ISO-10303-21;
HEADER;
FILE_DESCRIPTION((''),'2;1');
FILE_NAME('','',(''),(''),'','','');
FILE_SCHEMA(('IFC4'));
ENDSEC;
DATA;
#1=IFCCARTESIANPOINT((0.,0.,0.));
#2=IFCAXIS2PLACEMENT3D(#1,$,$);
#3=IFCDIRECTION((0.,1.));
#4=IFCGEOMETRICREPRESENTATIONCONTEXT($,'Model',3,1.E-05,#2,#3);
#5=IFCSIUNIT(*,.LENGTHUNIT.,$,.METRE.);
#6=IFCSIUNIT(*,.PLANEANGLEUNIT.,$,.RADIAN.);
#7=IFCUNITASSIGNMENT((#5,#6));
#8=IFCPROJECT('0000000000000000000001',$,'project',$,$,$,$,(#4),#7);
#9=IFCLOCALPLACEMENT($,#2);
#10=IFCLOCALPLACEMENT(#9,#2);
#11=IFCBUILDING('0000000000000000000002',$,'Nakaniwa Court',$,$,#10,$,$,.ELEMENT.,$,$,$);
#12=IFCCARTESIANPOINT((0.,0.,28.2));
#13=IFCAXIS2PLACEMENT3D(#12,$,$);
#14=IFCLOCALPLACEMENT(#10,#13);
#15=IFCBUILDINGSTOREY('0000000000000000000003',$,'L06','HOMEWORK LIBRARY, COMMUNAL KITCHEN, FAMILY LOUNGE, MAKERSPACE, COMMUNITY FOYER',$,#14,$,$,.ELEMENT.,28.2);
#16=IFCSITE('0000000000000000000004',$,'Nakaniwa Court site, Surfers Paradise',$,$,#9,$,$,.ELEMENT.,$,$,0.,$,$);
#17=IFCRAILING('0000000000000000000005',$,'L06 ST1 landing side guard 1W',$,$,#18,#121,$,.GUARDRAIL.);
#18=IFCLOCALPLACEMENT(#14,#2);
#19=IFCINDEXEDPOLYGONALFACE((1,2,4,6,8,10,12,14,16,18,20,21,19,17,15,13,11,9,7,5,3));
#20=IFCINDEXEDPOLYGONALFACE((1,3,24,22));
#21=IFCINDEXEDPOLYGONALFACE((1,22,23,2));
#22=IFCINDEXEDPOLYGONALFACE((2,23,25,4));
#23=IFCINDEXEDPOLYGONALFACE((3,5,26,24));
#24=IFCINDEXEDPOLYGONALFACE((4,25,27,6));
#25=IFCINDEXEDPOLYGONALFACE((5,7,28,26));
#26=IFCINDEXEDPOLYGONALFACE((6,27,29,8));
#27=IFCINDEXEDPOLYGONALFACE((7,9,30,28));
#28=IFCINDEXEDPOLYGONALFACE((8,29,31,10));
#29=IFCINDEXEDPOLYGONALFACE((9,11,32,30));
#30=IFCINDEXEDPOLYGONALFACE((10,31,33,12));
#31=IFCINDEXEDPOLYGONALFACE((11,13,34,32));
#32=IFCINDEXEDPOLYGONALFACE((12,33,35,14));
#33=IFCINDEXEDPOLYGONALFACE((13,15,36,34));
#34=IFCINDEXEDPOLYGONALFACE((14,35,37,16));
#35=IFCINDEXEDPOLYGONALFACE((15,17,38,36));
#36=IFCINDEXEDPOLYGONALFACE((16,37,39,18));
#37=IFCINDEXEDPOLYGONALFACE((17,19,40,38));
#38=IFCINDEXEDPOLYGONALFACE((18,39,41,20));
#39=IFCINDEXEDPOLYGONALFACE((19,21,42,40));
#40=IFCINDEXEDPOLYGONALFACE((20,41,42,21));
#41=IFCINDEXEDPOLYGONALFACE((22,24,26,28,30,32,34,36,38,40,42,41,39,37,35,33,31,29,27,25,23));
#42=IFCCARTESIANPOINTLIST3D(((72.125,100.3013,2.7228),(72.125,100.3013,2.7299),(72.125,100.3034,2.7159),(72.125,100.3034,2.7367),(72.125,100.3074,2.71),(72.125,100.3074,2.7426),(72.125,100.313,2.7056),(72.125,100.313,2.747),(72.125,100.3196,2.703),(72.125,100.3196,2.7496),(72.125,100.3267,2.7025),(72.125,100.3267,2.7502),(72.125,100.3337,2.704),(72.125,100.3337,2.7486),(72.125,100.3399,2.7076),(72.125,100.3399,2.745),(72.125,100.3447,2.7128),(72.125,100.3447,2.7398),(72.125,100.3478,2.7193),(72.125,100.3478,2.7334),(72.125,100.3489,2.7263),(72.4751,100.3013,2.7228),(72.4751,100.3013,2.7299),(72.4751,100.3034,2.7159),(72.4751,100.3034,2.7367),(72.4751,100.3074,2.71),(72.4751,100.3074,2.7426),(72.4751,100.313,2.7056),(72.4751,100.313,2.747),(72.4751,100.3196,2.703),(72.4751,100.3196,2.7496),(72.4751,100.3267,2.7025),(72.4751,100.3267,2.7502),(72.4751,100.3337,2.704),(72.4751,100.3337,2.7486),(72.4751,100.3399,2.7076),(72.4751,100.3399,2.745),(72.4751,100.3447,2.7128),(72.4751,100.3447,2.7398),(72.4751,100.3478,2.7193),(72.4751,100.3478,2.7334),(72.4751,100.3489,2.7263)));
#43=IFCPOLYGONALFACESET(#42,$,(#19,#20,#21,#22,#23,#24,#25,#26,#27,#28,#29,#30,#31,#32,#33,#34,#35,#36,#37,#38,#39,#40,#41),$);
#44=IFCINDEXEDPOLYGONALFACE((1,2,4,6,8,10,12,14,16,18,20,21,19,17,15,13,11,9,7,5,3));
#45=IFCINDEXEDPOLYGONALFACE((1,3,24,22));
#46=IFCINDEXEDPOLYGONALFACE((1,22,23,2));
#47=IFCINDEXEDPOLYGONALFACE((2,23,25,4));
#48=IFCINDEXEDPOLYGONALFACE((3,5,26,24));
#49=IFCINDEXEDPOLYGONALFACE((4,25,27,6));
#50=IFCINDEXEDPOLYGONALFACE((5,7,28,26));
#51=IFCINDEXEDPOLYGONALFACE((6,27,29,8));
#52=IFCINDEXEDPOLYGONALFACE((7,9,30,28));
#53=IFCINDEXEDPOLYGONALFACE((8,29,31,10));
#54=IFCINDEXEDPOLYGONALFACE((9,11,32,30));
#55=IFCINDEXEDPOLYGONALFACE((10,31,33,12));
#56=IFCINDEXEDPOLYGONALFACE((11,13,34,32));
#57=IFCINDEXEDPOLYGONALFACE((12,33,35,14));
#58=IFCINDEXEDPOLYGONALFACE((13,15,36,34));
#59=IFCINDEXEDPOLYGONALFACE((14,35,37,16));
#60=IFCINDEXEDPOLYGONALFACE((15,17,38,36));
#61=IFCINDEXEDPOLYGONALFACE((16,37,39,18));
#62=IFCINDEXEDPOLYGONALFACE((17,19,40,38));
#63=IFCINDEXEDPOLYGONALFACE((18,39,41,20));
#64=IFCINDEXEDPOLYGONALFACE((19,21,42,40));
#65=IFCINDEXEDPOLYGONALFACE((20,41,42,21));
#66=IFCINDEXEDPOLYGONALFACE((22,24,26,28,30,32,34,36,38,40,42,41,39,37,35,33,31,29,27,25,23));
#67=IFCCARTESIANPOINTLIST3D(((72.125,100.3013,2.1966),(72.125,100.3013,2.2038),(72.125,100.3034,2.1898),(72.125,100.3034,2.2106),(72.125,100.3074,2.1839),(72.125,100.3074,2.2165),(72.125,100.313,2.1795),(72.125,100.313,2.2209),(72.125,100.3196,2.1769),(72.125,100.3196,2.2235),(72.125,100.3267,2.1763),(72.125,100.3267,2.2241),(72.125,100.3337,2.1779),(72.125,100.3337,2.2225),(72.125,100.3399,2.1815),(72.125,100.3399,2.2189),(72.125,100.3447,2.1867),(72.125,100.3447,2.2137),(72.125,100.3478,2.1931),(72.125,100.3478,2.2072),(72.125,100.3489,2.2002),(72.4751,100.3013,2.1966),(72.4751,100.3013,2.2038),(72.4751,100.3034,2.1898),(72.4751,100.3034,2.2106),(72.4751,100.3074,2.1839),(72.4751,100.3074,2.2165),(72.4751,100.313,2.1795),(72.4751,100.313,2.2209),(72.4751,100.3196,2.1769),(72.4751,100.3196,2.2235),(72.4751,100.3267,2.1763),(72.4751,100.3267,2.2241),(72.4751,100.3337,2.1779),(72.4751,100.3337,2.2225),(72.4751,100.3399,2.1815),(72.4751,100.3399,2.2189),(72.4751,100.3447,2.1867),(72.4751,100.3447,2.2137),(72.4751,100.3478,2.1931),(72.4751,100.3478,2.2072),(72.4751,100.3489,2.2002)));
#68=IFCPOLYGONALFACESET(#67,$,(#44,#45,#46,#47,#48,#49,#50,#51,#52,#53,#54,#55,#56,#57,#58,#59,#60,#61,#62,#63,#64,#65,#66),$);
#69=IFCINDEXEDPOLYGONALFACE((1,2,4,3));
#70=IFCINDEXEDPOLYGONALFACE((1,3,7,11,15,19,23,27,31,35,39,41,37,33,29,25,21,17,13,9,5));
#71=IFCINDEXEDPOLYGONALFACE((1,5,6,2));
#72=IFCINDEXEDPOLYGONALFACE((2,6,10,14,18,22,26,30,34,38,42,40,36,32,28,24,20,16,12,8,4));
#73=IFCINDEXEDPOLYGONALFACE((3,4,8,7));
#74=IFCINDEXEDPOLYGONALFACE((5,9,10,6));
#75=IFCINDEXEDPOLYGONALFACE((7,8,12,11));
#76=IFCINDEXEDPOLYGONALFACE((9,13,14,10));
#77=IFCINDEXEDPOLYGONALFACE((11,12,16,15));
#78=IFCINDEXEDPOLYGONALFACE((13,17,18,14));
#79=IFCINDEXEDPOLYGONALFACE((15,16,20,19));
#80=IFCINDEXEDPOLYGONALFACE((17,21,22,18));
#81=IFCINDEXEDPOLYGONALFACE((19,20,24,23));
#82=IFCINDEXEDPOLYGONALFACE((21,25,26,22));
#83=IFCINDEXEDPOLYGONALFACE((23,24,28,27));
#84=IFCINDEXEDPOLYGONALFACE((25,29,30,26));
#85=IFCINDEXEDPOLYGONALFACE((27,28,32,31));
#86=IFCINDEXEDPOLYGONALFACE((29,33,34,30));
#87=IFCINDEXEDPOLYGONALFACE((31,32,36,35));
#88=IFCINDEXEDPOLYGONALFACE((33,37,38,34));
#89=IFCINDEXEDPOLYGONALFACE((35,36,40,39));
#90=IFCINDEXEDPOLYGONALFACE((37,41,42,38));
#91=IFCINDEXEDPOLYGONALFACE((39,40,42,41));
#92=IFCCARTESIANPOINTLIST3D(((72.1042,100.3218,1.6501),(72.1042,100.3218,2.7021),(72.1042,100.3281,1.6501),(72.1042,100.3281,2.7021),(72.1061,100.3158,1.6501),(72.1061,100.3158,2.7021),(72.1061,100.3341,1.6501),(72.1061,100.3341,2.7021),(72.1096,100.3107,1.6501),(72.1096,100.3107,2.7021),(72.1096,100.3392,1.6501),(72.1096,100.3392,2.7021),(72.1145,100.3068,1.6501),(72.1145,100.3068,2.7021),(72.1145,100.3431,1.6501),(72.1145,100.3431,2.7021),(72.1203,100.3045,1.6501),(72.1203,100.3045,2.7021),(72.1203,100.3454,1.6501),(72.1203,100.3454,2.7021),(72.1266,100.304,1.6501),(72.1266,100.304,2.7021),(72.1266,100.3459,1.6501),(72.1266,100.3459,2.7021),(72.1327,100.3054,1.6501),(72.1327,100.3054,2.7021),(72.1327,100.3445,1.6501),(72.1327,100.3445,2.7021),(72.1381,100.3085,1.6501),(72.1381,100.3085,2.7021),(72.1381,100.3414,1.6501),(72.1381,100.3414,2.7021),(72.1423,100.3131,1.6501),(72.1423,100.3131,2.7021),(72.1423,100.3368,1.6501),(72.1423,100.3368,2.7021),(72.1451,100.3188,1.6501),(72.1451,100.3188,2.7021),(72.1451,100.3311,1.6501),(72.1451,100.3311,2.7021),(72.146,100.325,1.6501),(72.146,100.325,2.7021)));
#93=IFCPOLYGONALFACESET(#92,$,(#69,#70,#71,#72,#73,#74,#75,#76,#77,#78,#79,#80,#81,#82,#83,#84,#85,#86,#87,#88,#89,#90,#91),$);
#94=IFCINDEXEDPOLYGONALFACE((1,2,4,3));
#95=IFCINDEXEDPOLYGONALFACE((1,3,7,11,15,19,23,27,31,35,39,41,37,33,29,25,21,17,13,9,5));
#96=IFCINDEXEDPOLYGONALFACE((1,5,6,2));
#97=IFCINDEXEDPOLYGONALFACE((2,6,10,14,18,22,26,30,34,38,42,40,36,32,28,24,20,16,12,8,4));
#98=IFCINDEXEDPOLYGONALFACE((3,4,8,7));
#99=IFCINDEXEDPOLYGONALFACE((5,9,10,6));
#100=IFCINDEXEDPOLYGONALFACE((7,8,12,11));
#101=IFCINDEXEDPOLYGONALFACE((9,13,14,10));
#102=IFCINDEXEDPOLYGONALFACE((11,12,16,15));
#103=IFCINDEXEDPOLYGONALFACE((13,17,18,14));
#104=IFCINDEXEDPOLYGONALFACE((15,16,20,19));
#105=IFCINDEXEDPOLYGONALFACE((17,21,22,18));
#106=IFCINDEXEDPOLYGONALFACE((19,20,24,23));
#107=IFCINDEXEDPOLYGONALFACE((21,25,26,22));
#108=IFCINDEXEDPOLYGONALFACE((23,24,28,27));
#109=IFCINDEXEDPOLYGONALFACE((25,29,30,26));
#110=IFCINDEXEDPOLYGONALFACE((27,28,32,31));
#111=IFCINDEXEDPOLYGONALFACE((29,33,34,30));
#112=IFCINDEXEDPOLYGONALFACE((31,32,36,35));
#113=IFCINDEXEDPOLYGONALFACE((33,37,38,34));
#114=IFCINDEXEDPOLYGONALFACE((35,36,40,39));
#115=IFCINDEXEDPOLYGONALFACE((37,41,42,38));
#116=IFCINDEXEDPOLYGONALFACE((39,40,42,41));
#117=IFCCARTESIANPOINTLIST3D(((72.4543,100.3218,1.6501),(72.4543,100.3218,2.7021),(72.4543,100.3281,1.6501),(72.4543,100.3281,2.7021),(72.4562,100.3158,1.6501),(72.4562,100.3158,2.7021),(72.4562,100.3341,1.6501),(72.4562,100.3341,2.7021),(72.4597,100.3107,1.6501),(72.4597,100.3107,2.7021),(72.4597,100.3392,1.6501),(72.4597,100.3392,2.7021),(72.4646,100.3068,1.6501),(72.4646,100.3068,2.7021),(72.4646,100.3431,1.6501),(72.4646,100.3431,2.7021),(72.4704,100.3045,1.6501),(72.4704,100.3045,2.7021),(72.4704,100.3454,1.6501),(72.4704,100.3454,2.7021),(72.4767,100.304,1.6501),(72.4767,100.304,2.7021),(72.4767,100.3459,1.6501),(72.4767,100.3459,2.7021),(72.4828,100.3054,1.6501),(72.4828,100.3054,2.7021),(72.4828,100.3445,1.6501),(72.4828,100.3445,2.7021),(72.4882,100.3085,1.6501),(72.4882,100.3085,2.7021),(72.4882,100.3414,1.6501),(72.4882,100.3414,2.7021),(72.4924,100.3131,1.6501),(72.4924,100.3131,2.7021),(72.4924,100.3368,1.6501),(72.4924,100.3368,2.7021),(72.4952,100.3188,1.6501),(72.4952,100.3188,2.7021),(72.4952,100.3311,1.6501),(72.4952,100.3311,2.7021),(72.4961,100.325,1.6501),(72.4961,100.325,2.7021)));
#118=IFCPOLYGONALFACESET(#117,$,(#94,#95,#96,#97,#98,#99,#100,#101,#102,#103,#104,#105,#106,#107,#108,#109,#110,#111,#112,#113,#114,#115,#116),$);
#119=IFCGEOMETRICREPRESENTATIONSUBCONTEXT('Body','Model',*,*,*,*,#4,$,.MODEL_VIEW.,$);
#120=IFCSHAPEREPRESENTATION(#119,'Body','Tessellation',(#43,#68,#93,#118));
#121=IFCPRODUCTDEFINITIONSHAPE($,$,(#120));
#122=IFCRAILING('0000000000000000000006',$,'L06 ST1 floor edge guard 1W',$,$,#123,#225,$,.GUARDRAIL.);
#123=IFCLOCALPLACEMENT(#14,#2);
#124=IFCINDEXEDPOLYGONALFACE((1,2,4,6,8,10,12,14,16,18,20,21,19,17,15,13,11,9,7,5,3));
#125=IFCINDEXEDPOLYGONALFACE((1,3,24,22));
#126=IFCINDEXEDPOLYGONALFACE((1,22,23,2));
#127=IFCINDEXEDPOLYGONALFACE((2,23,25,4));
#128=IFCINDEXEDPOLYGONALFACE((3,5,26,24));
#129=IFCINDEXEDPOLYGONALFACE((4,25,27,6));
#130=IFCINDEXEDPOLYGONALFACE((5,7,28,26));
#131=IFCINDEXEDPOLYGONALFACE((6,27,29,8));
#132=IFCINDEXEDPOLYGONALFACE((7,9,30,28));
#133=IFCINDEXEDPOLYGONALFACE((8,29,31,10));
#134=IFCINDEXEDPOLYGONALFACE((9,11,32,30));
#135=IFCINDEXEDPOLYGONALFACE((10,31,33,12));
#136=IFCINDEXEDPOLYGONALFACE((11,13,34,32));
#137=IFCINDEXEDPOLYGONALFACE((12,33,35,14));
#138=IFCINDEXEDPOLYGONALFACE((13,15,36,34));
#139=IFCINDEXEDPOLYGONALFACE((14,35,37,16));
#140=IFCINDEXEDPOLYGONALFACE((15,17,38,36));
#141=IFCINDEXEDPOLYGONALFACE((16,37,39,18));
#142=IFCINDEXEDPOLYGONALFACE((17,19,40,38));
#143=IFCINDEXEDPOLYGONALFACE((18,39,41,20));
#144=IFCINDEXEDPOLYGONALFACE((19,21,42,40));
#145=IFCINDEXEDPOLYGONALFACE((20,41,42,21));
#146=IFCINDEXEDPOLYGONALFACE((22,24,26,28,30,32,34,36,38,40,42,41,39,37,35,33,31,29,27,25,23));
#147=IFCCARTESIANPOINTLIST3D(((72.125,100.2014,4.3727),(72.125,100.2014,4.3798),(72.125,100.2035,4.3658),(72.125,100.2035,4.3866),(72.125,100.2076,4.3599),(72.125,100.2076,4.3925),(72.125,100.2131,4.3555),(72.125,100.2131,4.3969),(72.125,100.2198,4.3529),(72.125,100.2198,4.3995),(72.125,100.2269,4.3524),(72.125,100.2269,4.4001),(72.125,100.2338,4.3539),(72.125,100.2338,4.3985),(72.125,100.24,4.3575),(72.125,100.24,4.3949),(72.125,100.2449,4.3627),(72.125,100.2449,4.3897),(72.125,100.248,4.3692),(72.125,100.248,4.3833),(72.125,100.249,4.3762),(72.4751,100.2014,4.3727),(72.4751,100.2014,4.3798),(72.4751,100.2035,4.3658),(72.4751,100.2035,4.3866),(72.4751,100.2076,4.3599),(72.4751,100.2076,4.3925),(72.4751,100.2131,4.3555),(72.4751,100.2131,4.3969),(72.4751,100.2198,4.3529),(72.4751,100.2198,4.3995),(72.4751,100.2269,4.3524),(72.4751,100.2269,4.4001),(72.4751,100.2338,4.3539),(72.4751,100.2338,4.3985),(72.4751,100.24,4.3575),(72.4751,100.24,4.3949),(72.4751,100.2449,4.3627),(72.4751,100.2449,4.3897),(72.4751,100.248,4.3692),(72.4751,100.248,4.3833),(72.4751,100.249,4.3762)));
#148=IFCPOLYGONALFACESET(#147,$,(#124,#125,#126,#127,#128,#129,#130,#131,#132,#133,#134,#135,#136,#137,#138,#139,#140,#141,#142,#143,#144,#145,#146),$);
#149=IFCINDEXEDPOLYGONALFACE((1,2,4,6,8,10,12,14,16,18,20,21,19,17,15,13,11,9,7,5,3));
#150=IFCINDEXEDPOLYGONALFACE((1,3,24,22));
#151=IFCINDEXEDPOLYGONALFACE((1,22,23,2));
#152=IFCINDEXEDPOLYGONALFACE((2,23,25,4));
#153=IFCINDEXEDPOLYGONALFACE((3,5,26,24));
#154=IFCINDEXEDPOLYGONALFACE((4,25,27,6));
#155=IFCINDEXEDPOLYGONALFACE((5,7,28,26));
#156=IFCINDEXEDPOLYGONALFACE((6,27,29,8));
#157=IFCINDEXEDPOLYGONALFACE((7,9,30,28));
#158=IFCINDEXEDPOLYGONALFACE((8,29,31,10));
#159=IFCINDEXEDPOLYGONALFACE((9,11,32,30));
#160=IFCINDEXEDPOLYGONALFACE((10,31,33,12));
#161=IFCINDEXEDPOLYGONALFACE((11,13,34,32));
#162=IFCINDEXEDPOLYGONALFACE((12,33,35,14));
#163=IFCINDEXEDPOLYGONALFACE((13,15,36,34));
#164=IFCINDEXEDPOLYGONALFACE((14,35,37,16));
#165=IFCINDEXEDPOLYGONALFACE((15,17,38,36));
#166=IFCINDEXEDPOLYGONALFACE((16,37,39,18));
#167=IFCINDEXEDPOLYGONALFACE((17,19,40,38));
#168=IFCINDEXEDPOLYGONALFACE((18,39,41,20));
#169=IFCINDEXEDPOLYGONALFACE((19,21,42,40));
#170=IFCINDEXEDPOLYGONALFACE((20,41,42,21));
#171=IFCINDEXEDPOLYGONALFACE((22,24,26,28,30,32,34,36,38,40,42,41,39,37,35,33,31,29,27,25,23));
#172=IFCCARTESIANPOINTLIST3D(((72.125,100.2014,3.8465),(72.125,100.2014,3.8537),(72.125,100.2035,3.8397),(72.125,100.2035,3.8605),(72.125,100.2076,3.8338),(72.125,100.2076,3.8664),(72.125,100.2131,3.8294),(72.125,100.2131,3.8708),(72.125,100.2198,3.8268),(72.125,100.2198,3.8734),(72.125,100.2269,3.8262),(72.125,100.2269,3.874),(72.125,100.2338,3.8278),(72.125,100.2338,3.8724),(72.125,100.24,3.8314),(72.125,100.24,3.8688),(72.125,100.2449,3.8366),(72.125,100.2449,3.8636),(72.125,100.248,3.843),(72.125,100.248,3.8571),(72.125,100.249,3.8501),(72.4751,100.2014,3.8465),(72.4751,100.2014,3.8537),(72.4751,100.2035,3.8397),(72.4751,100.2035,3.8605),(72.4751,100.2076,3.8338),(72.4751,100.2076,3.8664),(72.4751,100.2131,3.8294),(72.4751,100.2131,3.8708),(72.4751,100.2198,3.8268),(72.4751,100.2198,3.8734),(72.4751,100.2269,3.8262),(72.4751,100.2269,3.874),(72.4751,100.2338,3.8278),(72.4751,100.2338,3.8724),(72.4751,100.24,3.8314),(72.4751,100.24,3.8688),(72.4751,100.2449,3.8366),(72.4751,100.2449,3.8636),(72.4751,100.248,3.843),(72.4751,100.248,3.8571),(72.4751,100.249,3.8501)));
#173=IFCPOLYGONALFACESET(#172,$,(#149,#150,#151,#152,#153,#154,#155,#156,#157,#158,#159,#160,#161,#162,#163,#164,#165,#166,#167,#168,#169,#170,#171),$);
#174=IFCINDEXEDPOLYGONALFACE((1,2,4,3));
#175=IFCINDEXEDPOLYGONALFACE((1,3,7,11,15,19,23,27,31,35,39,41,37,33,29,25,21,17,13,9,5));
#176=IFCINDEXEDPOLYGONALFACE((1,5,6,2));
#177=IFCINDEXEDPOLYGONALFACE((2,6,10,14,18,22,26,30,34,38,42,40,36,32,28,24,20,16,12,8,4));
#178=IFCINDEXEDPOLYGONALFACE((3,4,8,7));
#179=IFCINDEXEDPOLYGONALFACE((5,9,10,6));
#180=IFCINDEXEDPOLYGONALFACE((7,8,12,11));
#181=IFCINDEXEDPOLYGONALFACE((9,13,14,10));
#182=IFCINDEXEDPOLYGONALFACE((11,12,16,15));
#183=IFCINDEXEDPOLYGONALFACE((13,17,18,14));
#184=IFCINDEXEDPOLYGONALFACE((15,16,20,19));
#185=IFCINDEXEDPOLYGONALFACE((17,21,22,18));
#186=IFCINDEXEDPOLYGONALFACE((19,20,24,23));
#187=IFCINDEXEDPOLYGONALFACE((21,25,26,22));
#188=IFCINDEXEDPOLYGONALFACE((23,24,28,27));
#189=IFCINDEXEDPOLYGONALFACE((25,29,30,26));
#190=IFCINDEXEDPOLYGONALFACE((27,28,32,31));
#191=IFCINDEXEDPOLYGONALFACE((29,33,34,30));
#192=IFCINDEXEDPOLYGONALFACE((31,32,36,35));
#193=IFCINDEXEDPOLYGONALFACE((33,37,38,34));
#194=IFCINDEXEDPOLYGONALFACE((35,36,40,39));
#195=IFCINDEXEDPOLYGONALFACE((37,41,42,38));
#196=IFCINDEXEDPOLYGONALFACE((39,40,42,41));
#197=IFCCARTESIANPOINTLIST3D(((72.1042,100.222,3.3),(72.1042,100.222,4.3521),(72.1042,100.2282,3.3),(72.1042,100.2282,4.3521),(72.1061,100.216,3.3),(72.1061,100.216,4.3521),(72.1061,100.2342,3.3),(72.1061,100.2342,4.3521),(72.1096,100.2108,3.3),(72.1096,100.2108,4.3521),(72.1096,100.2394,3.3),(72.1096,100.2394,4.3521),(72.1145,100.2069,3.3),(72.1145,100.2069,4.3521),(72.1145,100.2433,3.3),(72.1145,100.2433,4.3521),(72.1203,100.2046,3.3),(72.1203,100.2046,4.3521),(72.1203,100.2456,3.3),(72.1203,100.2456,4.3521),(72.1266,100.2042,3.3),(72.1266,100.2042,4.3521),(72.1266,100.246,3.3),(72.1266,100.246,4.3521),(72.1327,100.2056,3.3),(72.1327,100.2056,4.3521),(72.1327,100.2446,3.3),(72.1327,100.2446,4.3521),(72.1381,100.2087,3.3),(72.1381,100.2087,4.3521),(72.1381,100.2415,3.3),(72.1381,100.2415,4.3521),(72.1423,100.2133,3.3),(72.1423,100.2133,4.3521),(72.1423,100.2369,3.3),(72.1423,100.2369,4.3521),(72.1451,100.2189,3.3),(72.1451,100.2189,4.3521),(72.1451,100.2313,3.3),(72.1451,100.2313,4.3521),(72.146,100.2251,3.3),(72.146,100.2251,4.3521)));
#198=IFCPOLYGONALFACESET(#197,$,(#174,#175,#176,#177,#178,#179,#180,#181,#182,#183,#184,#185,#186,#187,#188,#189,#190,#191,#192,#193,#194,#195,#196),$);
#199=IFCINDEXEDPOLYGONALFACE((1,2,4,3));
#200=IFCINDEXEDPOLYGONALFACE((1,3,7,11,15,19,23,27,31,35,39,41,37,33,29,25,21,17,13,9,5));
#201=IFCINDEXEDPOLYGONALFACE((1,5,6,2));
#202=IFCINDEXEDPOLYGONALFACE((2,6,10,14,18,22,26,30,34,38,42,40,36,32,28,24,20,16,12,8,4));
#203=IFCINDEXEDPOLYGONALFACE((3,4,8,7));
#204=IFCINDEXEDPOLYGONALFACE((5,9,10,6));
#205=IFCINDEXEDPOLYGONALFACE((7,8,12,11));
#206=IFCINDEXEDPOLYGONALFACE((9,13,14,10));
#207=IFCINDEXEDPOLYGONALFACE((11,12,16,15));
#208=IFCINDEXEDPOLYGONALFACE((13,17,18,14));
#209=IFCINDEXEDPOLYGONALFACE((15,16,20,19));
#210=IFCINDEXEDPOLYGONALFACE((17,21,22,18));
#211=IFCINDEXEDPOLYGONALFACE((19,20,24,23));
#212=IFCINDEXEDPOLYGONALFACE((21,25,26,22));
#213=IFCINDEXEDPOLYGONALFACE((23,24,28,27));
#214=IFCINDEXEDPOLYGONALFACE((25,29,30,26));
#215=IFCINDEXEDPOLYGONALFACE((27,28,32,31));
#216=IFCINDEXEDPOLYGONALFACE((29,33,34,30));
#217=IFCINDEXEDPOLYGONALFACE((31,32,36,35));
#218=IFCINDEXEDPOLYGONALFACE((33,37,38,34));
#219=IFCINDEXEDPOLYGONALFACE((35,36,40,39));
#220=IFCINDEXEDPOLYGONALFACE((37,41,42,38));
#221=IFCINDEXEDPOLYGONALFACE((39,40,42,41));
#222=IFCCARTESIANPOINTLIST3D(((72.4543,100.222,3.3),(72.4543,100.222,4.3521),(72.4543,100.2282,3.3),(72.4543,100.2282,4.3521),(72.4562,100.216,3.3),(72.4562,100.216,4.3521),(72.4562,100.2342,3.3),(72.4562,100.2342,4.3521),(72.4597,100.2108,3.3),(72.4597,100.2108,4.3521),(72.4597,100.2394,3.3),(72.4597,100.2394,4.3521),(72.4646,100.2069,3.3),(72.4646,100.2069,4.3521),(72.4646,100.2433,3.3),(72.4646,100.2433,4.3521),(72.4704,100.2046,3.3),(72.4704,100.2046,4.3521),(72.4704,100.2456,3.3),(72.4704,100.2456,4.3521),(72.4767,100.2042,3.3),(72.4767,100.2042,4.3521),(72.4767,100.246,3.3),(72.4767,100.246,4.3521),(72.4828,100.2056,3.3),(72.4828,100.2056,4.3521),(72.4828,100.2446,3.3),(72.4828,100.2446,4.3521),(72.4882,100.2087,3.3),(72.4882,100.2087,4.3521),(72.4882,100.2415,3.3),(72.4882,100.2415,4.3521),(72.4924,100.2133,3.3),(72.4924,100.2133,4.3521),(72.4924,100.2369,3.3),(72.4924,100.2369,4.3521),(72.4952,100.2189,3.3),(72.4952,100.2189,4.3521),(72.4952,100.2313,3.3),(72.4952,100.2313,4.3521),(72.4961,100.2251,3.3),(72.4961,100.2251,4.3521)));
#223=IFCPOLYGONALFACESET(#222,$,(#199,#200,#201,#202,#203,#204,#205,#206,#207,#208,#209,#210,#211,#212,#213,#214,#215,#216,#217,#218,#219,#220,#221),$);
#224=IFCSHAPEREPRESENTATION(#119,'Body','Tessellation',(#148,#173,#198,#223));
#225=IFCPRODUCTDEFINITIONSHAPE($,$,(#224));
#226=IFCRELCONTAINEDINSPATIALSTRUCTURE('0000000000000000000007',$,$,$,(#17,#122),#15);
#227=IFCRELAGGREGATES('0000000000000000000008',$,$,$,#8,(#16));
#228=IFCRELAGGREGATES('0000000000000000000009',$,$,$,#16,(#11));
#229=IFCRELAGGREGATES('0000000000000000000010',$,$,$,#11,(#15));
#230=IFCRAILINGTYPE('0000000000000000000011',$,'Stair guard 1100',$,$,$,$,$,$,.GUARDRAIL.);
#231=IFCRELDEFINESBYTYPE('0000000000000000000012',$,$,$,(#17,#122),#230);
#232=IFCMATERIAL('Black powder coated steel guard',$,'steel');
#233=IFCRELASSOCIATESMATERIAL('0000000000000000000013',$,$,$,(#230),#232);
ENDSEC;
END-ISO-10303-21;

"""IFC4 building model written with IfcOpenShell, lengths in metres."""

from ifc_helpers import new_model, si_unit, direction, frame, origin, origin_2d, place, context, subcontext, project, spatial, circle, extrude, material, type_object, element, save


model = new_model("IFC4")

# Units and contexts
model_context = context("Model", 3, precision=1e-05, world=origin(), true_north=direction((0.0, 1.0)))
body_context = subcontext(model_context, "Body", "Model", "MODEL_VIEW")
ifc_project = project(units=[si_unit("LENGTHUNIT", "METRE"), si_unit("PLANEANGLEUNIT", "RADIAN")], contexts=[model_context])

# Site, building, storey
site_placement = place(None, origin())
site = spatial("IfcSite", under=ifc_project, at=site_placement, Name="Nakaniwa Court site, Surfers Paradise", CompositionType="ELEMENT", RefElevation=0.0)
building_placement = place(site_placement, origin())
building = spatial("IfcBuilding", under=site, at=building_placement, Name="Nakaniwa Court", CompositionType="ELEMENT")
storey_placement = place(building_placement, frame((0.0, 0.0, 28.2)))
storey = spatial("IfcBuildingStorey", under=building, at=storey_placement, Name="L06", Description="HOMEWORK LIBRARY, COMMUNAL KITCHEN, FAMILY LOUNGE, MAKERSPACE, COMMUNITY FOYER", CompositionType="ELEMENT", Elevation=28.2)

# Railings
ifc_material_1 = material(Name="Black powder coated steel guard", Category="steel")
railing_type_1 = type_object("IfcRailingType", Name="Stair guard 1100", PredefinedType="GUARDRAIL", material=ifc_material_1)
for number, where, name in (
    (1, (72.125, 100.325, 1.6501), "L06 ST1 landing side guard 1W"),
    (2, (72.125, 100.2251, 3.3), "L06 ST1 floor edge guard 1W"),
):
    element("IfcRailing", number, at=place(storey_placement, frame(where)), inside=storey, type_object=railing_type_1, Name=name, PredefinedType="GUARDRAIL", context=body_context, shape_type="SweptSolid", body=[
        extrude(circle(Radius=0.0239, at=origin_2d()), frame((0.0, 0.0, 1.0762), z_axis=(1.0, 0.0, 0.0), x_axis=(0.0, 1.0, 0.0)), (0.0, 0.0, 1.0), 0.3501),
        extrude(circle(Radius=0.0239, at=origin_2d()), frame((0.0, 0.0, 0.55), z_axis=(1.0, 0.0, 0.0), x_axis=(0.0, 1.0, 0.0)), (0.0, 0.0, 1.0), 0.3501),
        extrude(circle(Radius=0.021, at=origin_2d()), origin(), (0.0, 0.0, 1.0), 1.052),
        extrude(circle(Radius=0.021, at=origin_2d()), frame((0.3501, 0.0, 0.0)), (0.0, 0.0, 1.0), 1.052),
    ])

save(model, "model.ifc")
